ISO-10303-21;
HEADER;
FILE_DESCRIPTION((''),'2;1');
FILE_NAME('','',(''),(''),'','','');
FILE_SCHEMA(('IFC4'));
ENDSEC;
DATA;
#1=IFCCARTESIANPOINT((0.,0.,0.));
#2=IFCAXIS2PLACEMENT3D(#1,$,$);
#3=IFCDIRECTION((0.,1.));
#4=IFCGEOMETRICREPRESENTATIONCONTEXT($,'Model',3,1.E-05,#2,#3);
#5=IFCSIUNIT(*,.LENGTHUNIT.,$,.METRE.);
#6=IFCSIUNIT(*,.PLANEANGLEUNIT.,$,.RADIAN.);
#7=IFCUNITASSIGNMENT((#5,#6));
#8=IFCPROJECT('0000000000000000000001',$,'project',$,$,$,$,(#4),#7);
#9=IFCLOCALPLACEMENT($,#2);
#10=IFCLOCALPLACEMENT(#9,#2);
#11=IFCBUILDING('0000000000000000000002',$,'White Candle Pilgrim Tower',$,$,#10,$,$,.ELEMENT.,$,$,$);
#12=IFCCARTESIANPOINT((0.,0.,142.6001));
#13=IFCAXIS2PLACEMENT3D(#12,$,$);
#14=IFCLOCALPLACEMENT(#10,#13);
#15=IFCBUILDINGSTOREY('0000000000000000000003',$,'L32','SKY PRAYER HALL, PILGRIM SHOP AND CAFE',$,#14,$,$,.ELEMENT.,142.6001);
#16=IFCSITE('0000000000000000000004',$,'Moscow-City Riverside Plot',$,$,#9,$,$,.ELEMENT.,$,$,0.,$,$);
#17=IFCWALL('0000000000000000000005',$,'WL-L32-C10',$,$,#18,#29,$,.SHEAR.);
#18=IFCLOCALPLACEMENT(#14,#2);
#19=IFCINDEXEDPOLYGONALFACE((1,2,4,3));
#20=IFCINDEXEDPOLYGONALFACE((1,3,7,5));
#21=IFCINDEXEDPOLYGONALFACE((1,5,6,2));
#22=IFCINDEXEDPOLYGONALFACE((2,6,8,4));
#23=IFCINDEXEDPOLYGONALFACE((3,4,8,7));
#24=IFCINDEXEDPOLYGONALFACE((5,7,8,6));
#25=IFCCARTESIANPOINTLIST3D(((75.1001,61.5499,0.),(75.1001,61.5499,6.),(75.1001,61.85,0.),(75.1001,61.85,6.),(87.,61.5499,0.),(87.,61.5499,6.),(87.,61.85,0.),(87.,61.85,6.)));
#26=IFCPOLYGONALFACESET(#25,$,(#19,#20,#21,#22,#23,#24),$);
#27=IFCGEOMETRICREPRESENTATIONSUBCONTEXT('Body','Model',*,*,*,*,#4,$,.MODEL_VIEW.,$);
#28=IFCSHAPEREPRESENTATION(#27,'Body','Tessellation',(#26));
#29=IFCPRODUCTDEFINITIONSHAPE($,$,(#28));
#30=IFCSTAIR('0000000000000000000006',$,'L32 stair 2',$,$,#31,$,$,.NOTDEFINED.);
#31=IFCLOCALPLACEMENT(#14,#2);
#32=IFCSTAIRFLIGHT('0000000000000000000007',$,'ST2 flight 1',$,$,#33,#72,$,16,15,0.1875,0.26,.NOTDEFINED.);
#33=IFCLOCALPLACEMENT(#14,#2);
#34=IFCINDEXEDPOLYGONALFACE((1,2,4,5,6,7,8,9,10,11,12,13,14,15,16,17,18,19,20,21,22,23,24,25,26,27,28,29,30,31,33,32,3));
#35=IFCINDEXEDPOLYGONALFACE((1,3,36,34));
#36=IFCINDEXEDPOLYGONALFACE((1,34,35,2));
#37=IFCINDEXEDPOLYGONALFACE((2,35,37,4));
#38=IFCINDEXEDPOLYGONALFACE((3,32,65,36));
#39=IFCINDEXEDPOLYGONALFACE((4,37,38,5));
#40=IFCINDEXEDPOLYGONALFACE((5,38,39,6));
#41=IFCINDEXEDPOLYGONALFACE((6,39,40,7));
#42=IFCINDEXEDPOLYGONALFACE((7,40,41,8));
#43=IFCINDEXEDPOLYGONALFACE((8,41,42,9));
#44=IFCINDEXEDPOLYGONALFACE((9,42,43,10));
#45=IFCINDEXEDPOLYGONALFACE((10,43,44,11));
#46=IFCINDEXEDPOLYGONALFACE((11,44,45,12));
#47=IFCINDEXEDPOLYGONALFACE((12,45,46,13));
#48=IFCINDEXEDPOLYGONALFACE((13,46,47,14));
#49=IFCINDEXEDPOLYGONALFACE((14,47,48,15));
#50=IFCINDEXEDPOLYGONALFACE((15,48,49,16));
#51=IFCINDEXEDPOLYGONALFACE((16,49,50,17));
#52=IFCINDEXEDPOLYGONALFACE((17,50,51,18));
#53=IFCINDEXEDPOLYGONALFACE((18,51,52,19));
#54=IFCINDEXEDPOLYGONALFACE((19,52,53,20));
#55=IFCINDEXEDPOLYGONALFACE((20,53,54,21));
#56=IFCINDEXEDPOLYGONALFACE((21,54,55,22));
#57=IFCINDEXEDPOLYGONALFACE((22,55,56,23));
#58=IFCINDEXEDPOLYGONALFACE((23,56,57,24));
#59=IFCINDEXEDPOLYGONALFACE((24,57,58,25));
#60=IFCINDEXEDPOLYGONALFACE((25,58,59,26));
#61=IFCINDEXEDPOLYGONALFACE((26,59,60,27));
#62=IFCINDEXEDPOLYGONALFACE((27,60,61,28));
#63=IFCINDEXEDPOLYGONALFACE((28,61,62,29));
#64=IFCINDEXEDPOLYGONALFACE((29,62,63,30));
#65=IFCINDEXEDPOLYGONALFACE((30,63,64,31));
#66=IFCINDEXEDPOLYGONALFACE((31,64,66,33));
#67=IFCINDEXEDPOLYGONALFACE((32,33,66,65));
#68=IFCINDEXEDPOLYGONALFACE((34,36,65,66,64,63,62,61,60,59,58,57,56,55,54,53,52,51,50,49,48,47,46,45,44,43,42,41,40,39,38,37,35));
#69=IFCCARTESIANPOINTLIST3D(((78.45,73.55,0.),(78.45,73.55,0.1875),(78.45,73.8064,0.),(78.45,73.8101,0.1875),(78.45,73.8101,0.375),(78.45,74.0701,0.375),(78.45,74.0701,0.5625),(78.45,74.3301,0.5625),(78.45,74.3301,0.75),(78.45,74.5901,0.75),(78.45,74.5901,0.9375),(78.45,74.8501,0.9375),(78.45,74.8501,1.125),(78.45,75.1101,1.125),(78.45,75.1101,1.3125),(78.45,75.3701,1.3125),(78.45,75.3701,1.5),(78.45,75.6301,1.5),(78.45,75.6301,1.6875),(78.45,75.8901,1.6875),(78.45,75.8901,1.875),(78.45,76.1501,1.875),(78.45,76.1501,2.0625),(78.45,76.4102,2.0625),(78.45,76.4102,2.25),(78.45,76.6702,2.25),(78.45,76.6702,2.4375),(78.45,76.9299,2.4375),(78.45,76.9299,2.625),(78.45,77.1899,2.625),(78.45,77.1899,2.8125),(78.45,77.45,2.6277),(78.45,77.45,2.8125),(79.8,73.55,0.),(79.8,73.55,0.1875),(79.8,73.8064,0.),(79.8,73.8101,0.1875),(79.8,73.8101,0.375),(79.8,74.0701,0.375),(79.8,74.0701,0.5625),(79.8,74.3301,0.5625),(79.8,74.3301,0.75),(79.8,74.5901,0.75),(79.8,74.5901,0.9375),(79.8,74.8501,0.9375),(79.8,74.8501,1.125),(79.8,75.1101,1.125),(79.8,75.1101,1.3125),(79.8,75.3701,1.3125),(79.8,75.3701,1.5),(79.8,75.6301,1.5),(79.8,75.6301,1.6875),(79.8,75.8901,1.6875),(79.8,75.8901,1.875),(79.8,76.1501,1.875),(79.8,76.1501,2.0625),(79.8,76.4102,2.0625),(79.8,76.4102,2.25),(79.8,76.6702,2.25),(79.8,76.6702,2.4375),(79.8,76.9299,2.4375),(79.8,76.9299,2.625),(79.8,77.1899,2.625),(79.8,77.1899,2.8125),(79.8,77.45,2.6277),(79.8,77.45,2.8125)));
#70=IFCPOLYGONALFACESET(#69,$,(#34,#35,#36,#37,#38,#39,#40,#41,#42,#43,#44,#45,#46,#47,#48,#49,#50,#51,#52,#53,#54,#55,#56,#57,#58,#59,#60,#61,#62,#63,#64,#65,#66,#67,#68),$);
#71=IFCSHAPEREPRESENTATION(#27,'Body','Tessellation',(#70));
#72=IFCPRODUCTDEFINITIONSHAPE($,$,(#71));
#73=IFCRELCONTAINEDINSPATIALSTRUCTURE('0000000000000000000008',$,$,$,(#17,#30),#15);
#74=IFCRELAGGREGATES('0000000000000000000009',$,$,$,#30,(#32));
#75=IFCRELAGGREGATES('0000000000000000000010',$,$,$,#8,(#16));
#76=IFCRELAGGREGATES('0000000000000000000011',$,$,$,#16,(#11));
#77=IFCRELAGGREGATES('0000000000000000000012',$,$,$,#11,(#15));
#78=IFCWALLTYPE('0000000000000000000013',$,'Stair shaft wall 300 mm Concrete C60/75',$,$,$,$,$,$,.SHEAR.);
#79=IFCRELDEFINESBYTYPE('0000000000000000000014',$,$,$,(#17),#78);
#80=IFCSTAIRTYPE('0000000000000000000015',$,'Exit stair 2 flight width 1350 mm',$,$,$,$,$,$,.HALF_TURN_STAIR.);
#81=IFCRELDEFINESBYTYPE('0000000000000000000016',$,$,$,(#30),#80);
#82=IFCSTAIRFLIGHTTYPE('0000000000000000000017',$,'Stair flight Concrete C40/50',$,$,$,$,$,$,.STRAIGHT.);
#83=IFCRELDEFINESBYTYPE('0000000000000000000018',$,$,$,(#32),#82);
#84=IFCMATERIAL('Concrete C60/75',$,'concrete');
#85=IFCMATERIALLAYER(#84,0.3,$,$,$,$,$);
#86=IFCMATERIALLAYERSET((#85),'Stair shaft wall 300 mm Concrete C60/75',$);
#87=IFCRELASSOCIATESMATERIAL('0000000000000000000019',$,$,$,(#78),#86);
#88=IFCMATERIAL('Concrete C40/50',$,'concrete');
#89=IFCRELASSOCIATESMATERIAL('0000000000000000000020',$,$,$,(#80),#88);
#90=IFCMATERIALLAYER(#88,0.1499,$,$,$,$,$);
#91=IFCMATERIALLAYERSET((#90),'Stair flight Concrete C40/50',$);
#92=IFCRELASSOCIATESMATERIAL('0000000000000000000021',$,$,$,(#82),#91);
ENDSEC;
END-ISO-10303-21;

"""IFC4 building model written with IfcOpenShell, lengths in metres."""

from ifc_helpers import new_model, si_unit, direction, frame, frame_2d, origin, place, context, subcontext, project, spatial, polyline, rectangle, outline, extrude, material, layer, layer_set, type_object, element, aggregate, save


model = new_model("IFC4")

# Units and contexts
model_context = context("Model", 3, precision=1e-05, world=origin(), true_north=direction((0.0, 1.0)))
body_context = subcontext(model_context, "Body", "Model", "MODEL_VIEW")
ifc_project = project(units=[si_unit("LENGTHUNIT", "METRE"), si_unit("PLANEANGLEUNIT", "RADIAN")], contexts=[model_context])

# Site, building, storey
site_placement = place(None, origin())
site = spatial("IfcSite", under=ifc_project, at=site_placement, Name="Moscow-City Riverside Plot", CompositionType="ELEMENT", RefElevation=0.0)
building_placement = place(site_placement, origin())
building = spatial("IfcBuilding", under=site, at=building_placement, Name="White Candle Pilgrim Tower", CompositionType="ELEMENT")
storey_placement = place(building_placement, frame((0.0, 0.0, 142.6001)))
storey = spatial("IfcBuildingStorey", under=building, at=storey_placement, Name="L32", Description="SKY PRAYER HALL, PILGRIM SHOP AND CAFE", CompositionType="ELEMENT", Elevation=142.6001)

# Wall
ifc_material_1 = material(Name="Concrete C60/75", Category="concrete")
ifc_layer_1 = layer(ifc_material_1, 0.3)
ifc_layer_set_1 = layer_set([ifc_layer_1], Name="Stair shaft wall 300 mm Concrete C60/75")
wall_type_1 = type_object("IfcWallType", Name="Stair shaft wall 300 mm Concrete C60/75", PredefinedType="SHEAR", material=ifc_layer_set_1)
wall_1_placement = place(storey_placement, frame((75.1001, 61.7, 0.0), z_axis=(0.0, 0.0, 1.0), x_axis=(1.0, 0.0, 0.0)))
element("IfcWall", 1, at=wall_1_placement, inside=storey, type_object=wall_type_1, Name="WL-L32-C10", PredefinedType="SHEAR", context=body_context, shape_type="SweptSolid", body=[
    extrude(rectangle(XDim=11.8999, YDim=0.3, at=frame_2d((5.95, 0.0))), origin(), (0.0, 0.0, 1.0), 6.0),
])

# Stair, stair flight
ifc_material_2 = material(Name="Concrete C40/50", Category="concrete")
stair_type = type_object("IfcStairType", Name="Exit stair 2 flight width 1350 mm", PredefinedType="HALF_TURN_STAIR", material=ifc_material_2)
stair_placement = place(storey_placement, origin())
stair = element("IfcStair", 2, at=stair_placement, inside=storey, type_object=stair_type, Name="L32 stair 2", PredefinedType="NOTDEFINED")
ifc_layer_2 = layer(ifc_material_2, 0.1499)
ifc_layer_set_2 = layer_set([ifc_layer_2], Name="Stair flight Concrete C40/50")
stair_flight_type = type_object("IfcStairFlightType", Name="Stair flight Concrete C40/50", PredefinedType="STRAIGHT", material=ifc_layer_set_2)
stair_flight_placement = place(storey_placement, frame((79.125, 73.55, 0.0), z_axis=(0.0, 0.0, 1.0), x_axis=(0.0, 1.0, 0.0)))
stair_flight = element("IfcStairFlight", 3, at=stair_flight_placement, type_object=stair_flight_type, Name="ST2 flight 1", NumberOfRisers=16, NumberOfTreads=15, PredefinedType="NOTDEFINED", RiserHeight=0.1875, TreadLength=0.26, context=body_context, shape_type="SweptSolid", body=[
    extrude(outline(polyline([(0.0, 0.0), (0.0, 0.1875), (0.26, 0.1875), (0.26, 0.375), (0.52, 0.375), (0.52, 0.5625), (0.78, 0.5625), (0.78, 0.75), (1.04, 0.75), (1.04, 0.9375), (1.3, 0.9375), (1.3, 1.125), (1.5601, 1.125), (1.5601, 1.3125), (1.8201, 1.3125), (1.8201, 1.5), (2.0801, 1.5), (2.0801, 1.6875), (2.3401, 1.6875), (2.3401, 1.875), (2.6001, 1.875), (2.6001, 2.0625), (2.8601, 2.0625), (2.8601, 2.25), (3.1201, 2.25), (3.1201, 2.4375), (3.3799, 2.4375), (3.3799, 2.625), (3.6399, 2.625), (3.6399, 2.8125), (3.8999, 2.8125), (3.8999, 3.0), (3.8999, 2.6277), (0.2563, 0.0), (0.0, 0.0)])), frame((0.0, 0.675, 0.0), z_axis=(0.0, -1.0, 0.0), x_axis=(1.0, 0.0, 0.0)), (0.0, 0.0, 1.0), 1.3501),
])
aggregate(stair, [stair_flight])

save(model, "model.ifc")
